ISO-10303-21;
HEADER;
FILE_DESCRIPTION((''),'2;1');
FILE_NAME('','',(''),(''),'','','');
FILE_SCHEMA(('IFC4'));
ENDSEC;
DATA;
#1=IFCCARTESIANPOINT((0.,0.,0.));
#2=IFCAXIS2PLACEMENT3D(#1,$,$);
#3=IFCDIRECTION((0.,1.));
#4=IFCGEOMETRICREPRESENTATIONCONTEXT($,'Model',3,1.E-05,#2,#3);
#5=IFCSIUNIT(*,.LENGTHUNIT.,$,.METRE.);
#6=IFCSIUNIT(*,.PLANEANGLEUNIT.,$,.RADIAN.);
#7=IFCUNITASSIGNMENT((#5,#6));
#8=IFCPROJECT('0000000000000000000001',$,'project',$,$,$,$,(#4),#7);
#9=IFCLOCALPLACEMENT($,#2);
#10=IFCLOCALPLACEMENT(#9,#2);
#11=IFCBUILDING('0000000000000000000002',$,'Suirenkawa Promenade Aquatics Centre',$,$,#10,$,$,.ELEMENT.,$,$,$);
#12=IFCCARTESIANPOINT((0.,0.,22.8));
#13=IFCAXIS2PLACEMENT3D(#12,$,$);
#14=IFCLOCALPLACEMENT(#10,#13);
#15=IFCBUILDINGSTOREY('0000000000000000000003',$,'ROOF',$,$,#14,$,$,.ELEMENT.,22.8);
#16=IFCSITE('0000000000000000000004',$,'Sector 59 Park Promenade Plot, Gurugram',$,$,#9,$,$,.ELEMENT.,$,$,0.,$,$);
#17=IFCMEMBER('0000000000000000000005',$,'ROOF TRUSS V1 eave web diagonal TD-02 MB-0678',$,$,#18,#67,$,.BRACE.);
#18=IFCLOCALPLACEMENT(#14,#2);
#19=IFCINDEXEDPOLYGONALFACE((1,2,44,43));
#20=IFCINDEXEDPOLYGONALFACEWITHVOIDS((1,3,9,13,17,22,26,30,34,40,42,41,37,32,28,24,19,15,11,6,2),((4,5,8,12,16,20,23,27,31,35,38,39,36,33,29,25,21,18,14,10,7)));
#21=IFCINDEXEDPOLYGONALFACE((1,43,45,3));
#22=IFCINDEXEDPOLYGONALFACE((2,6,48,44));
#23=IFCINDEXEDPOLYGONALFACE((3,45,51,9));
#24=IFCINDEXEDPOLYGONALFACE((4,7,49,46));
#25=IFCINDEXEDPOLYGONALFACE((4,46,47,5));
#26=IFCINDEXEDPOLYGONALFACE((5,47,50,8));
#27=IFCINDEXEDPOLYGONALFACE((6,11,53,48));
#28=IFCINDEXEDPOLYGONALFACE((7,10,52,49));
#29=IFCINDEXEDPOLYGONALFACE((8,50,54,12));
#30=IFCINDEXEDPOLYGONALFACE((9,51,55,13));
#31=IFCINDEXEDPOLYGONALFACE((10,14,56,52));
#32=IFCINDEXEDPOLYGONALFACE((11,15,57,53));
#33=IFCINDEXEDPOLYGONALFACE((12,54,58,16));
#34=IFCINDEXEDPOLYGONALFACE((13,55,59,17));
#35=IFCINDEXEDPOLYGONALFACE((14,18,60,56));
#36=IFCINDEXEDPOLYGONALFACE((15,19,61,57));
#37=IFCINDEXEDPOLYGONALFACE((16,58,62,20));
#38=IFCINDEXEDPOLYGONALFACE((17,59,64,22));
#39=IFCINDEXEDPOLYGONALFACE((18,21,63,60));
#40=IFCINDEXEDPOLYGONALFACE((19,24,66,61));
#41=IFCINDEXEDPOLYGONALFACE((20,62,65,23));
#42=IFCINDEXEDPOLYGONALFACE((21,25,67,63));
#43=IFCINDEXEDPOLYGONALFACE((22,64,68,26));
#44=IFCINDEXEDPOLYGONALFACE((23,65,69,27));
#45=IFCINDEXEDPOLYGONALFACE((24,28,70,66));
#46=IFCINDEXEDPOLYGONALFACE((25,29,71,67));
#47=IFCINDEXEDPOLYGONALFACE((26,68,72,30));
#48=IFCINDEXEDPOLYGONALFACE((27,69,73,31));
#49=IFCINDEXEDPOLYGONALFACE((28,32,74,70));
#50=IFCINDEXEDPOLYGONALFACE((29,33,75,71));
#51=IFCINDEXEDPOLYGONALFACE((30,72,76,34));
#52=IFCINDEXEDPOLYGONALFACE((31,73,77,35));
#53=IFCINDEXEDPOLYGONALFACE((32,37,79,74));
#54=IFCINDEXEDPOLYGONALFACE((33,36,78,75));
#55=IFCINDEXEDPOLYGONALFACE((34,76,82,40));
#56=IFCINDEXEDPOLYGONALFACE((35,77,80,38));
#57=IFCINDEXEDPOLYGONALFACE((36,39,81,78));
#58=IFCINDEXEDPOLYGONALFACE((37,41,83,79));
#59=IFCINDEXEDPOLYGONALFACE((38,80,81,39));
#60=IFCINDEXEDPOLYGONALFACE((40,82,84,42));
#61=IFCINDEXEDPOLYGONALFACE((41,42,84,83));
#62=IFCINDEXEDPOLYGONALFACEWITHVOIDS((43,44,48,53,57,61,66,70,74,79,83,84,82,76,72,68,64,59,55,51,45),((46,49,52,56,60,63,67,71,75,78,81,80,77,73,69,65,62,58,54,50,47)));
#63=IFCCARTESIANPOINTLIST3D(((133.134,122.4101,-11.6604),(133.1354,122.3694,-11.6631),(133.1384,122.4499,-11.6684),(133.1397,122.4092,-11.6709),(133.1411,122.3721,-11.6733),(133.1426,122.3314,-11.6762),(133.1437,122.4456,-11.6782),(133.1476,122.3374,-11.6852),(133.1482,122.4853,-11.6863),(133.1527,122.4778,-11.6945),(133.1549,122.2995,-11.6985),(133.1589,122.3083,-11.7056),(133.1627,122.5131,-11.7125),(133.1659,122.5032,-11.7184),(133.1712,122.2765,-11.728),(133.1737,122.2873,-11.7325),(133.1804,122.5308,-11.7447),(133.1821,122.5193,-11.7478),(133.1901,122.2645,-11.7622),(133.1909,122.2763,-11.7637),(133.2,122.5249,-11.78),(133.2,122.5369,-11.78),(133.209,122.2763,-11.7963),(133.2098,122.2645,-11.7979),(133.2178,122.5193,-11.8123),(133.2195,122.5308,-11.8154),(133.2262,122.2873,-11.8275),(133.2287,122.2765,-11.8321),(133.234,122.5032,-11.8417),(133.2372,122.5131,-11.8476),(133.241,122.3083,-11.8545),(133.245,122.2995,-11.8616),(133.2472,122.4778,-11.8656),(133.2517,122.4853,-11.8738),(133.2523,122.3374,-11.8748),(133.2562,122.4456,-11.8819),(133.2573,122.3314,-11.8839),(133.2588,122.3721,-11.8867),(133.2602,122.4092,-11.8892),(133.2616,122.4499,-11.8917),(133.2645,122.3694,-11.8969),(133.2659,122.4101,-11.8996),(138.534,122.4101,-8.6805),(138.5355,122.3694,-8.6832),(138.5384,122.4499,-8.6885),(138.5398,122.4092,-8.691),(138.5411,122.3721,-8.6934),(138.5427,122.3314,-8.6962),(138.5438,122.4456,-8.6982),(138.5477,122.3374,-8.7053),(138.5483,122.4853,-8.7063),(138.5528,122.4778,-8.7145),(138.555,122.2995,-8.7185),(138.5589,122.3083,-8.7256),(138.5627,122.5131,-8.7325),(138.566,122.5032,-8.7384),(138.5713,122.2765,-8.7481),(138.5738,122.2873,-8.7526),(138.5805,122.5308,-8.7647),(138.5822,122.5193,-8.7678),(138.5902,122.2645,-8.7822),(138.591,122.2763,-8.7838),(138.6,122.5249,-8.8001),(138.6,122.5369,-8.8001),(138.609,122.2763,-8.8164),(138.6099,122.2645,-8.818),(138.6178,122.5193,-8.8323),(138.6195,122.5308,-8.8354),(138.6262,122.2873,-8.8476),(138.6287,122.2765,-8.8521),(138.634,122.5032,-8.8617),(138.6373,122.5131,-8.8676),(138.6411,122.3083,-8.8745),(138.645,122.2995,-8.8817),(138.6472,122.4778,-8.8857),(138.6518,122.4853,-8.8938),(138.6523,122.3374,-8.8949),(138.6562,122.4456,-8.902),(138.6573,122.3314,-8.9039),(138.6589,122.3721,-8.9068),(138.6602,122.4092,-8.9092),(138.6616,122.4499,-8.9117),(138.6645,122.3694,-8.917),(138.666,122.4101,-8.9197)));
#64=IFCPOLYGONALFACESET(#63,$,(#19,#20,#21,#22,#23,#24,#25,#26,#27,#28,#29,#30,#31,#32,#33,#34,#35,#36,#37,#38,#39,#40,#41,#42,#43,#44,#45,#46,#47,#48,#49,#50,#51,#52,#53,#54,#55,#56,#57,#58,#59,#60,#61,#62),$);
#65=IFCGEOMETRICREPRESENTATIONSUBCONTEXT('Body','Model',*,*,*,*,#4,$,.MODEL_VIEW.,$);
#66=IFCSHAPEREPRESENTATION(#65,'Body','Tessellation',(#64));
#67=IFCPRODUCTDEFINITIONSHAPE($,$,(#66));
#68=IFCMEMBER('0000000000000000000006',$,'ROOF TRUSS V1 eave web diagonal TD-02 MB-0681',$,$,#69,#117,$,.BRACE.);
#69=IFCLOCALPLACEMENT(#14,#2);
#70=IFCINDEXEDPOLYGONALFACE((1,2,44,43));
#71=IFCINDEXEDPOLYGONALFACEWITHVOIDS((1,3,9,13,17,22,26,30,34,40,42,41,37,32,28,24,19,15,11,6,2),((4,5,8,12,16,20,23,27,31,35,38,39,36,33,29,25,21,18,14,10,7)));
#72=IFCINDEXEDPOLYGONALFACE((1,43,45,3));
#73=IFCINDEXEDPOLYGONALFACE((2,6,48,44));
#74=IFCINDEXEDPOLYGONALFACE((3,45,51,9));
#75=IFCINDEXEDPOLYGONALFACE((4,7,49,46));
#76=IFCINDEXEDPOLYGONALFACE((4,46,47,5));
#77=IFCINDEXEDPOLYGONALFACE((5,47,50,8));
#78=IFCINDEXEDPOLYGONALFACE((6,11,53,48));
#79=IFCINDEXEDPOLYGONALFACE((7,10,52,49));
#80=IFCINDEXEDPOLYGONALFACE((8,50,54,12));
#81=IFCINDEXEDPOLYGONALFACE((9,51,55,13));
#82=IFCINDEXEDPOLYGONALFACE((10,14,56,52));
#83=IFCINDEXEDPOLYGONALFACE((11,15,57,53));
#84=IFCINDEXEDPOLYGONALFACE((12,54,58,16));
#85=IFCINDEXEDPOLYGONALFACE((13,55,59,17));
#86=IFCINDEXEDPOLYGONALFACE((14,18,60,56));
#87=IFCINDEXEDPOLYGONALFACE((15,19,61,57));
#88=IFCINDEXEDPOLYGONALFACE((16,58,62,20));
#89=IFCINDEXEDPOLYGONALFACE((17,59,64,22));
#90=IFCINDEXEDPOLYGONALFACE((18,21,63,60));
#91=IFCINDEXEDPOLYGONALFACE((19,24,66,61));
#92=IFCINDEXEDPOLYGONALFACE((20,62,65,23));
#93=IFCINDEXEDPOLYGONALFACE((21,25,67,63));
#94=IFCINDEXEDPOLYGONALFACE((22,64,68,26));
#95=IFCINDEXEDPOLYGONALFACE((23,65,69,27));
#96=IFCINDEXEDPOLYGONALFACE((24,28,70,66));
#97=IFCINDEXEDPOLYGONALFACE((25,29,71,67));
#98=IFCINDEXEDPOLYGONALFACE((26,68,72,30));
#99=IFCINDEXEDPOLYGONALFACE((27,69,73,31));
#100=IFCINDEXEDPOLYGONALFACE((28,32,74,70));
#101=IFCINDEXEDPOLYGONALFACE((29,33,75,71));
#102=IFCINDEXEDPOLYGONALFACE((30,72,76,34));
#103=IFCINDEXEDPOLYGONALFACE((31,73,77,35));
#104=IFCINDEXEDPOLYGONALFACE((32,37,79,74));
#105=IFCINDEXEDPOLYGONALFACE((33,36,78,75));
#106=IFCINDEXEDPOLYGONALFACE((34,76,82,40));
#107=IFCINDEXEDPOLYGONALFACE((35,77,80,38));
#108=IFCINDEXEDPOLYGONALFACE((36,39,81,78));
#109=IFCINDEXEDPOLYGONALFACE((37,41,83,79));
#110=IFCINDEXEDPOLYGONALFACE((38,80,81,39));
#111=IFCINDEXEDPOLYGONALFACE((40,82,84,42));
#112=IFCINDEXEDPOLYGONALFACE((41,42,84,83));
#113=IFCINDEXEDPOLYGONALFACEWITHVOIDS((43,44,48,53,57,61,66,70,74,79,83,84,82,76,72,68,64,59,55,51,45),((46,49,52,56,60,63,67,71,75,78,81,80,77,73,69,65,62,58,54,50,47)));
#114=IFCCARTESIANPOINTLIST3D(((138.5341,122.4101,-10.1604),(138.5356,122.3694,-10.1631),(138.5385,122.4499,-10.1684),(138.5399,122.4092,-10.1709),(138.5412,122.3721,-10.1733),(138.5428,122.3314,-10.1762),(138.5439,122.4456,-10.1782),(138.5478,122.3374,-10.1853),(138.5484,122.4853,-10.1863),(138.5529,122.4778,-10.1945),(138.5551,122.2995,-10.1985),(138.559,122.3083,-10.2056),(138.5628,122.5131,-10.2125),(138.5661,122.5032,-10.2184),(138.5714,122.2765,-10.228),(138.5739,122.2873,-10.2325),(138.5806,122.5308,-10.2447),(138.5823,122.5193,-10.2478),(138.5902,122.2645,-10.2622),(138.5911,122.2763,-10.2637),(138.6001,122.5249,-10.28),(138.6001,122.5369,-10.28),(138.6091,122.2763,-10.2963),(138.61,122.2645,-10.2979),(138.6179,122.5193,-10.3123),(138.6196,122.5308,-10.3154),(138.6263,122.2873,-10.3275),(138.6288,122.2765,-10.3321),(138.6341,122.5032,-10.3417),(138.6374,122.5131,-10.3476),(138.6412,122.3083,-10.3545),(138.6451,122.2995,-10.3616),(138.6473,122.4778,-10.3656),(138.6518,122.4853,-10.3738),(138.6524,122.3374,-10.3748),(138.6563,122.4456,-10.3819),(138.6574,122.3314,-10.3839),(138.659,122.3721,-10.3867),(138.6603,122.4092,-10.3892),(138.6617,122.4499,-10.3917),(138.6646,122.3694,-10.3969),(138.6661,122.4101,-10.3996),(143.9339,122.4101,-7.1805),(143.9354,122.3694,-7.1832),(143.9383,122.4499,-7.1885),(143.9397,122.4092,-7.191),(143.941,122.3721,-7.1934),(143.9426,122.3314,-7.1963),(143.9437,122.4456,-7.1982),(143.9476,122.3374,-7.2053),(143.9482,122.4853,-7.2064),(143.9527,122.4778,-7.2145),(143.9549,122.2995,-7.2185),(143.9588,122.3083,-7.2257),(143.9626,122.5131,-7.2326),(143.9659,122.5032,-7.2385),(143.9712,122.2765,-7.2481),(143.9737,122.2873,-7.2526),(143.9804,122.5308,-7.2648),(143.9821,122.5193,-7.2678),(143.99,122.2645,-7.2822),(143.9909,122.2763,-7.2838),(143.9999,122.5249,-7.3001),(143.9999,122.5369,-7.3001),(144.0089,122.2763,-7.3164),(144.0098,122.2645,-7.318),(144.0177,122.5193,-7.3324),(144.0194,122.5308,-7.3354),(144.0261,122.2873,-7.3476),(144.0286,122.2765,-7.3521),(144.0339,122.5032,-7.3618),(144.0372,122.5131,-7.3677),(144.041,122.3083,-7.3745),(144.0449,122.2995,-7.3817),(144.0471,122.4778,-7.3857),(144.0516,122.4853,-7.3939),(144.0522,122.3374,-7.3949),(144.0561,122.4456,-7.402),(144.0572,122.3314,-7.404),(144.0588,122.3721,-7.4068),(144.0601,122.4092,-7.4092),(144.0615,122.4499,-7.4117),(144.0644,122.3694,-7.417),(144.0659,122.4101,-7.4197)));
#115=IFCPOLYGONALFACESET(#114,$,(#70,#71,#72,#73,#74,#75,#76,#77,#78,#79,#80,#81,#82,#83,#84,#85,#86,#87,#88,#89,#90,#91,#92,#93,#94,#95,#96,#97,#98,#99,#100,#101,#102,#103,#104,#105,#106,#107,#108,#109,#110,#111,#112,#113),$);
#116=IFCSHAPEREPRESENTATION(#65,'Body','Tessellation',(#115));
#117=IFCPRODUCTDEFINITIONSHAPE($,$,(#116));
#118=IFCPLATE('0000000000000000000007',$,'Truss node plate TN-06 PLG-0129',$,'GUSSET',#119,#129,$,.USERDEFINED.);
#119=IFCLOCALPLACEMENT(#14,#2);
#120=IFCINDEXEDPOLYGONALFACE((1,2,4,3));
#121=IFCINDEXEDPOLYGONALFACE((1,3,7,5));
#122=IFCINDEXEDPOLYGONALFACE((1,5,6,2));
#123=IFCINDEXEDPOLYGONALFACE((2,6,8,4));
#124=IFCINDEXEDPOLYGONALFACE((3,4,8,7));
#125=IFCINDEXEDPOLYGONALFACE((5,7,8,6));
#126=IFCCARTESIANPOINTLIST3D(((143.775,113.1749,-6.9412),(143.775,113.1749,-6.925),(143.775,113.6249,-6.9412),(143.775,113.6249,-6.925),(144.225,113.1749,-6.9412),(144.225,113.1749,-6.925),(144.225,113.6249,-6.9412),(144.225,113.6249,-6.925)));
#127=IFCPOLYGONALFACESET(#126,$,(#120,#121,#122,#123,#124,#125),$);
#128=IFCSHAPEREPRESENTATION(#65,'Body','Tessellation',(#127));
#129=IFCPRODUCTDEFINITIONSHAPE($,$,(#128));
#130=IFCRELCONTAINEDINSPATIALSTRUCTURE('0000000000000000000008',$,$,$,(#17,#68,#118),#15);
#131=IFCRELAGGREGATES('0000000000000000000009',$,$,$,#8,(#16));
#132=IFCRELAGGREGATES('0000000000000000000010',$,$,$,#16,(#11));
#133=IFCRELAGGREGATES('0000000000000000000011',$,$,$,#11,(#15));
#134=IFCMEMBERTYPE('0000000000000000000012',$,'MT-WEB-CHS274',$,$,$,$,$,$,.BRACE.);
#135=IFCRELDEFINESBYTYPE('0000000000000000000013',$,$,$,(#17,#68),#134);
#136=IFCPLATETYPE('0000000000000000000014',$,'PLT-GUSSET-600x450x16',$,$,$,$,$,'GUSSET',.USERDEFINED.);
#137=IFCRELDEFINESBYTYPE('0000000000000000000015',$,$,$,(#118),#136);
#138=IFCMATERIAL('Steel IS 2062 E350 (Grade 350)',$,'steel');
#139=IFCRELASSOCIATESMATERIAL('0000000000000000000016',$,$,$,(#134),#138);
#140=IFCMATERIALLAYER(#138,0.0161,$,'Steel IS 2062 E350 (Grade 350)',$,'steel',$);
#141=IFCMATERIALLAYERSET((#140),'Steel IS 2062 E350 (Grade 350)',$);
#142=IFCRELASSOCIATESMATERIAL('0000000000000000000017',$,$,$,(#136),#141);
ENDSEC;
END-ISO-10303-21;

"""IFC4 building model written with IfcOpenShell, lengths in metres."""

from ifc_helpers import new_model, si_unit, direction, frame, origin, origin_2d, place, context, subcontext, project, spatial, rectangle, hollow_circle, extrude, material, layer, layer_set, material_profile, profile_set, type_object, element, save


model = new_model("IFC4")

# Units and contexts
model_context = context("Model", 3, precision=1e-05, world=origin(), true_north=direction((0.0, 1.0)))
body_context = subcontext(model_context, "Body", "Model", "MODEL_VIEW")
ifc_project = project(units=[si_unit("LENGTHUNIT", "METRE"), si_unit("PLANEANGLEUNIT", "RADIAN")], contexts=[model_context])

# Site, building, storey
site_placement = place(None, origin())
site = spatial("IfcSite", under=ifc_project, at=site_placement, Name="Sector 59 Park Promenade Plot, Gurugram", CompositionType="ELEMENT", RefElevation=0.0)
building_placement = place(site_placement, origin())
building = spatial("IfcBuilding", under=site, at=building_placement, Name="Suirenkawa Promenade Aquatics Centre", CompositionType="ELEMENT")
storey_placement = place(building_placement, frame((0.0, 0.0, 22.8)))
storey = spatial("IfcBuildingStorey", under=building, at=storey_placement, Name="ROOF", CompositionType="ELEMENT", Elevation=22.8)

# Shared definitions
ifc_material = material(Name="Steel IS 2062 E350 (Grade 350)", Category="steel")

# Members
ifc_material_profile_1 = material_profile(ifc_material, hollow_circle(Radius=0.137, WallThickness=0.012, at=origin_2d()), Name="CHS 274x12", Category="steel")
ifc_profile_set_1 = profile_set([ifc_material_profile_1], Name="Steel IS 2062 E350 (Grade 350)")
member_type_1 = type_object("IfcMemberType", Name="MT-WEB-CHS274", PredefinedType="BRACE", material=ifc_profile_set_1)
member_1_placement = place(storey_placement, frame((133.2, 122.3999, -11.78), z_axis=(0.875537, 0.0, 0.483151), x_axis=(0.0, 1.0, 0.0)))
element("IfcMember", 1, at=member_1_placement, inside=storey, type_object=member_type_1, Name="ROOF TRUSS V1 eave web diagonal TD-02 MB-0678", PredefinedType="BRACE", context=body_context, shape_type="SweptSolid", body=[
    extrude(hollow_circle(Radius=0.137, WallThickness=0.012, at=origin_2d()), origin(), (0.0, 0.0, 1.0), 6.1677),
])
member_2_placement = place(storey_placement, frame((138.6001, 122.3999, -10.28), z_axis=(0.875528, 0.0, 0.483167), x_axis=(0.0, 1.0, 0.0)))
element("IfcMember", 2, at=member_2_placement, inside=storey, type_object=member_type_1, Name="ROOF TRUSS V1 eave web diagonal TD-02 MB-0681", PredefinedType="BRACE", context=body_context, shape_type="SweptSolid", body=[
    extrude(hollow_circle(Radius=0.137, WallThickness=0.012, at=origin_2d()), origin(), (0.0, 0.0, 1.0), 6.1675),
])

# Plate
ifc_layer = layer(ifc_material, 0.0161, Name="Steel IS 2062 E350 (Grade 350)", Category="steel")
ifc_layer_set = layer_set([ifc_layer], Name="Steel IS 2062 E350 (Grade 350)")
plate_type = type_object("IfcPlateType", Name="PLT-GUSSET-600x450x16", ElementType="GUSSET", PredefinedType="USERDEFINED", material=ifc_layer_set)
plate_placement = place(storey_placement, frame((144.0, 113.3999, -6.9412), z_axis=(0.0, 0.0, 1.0), x_axis=(1.0, 0.0, 0.0)))
element("IfcPlate", 3, at=plate_placement, inside=storey, type_object=plate_type, Name="Truss node plate TN-06 PLG-0129", ObjectType="GUSSET", PredefinedType="USERDEFINED", context=body_context, shape_type="SweptSolid", body=[
    extrude(rectangle(XDim=0.45, YDim=0.45, at=origin_2d()), origin(), (0.0, 0.0, 1.0), 0.0161),
])

save(model, "model.ifc")
